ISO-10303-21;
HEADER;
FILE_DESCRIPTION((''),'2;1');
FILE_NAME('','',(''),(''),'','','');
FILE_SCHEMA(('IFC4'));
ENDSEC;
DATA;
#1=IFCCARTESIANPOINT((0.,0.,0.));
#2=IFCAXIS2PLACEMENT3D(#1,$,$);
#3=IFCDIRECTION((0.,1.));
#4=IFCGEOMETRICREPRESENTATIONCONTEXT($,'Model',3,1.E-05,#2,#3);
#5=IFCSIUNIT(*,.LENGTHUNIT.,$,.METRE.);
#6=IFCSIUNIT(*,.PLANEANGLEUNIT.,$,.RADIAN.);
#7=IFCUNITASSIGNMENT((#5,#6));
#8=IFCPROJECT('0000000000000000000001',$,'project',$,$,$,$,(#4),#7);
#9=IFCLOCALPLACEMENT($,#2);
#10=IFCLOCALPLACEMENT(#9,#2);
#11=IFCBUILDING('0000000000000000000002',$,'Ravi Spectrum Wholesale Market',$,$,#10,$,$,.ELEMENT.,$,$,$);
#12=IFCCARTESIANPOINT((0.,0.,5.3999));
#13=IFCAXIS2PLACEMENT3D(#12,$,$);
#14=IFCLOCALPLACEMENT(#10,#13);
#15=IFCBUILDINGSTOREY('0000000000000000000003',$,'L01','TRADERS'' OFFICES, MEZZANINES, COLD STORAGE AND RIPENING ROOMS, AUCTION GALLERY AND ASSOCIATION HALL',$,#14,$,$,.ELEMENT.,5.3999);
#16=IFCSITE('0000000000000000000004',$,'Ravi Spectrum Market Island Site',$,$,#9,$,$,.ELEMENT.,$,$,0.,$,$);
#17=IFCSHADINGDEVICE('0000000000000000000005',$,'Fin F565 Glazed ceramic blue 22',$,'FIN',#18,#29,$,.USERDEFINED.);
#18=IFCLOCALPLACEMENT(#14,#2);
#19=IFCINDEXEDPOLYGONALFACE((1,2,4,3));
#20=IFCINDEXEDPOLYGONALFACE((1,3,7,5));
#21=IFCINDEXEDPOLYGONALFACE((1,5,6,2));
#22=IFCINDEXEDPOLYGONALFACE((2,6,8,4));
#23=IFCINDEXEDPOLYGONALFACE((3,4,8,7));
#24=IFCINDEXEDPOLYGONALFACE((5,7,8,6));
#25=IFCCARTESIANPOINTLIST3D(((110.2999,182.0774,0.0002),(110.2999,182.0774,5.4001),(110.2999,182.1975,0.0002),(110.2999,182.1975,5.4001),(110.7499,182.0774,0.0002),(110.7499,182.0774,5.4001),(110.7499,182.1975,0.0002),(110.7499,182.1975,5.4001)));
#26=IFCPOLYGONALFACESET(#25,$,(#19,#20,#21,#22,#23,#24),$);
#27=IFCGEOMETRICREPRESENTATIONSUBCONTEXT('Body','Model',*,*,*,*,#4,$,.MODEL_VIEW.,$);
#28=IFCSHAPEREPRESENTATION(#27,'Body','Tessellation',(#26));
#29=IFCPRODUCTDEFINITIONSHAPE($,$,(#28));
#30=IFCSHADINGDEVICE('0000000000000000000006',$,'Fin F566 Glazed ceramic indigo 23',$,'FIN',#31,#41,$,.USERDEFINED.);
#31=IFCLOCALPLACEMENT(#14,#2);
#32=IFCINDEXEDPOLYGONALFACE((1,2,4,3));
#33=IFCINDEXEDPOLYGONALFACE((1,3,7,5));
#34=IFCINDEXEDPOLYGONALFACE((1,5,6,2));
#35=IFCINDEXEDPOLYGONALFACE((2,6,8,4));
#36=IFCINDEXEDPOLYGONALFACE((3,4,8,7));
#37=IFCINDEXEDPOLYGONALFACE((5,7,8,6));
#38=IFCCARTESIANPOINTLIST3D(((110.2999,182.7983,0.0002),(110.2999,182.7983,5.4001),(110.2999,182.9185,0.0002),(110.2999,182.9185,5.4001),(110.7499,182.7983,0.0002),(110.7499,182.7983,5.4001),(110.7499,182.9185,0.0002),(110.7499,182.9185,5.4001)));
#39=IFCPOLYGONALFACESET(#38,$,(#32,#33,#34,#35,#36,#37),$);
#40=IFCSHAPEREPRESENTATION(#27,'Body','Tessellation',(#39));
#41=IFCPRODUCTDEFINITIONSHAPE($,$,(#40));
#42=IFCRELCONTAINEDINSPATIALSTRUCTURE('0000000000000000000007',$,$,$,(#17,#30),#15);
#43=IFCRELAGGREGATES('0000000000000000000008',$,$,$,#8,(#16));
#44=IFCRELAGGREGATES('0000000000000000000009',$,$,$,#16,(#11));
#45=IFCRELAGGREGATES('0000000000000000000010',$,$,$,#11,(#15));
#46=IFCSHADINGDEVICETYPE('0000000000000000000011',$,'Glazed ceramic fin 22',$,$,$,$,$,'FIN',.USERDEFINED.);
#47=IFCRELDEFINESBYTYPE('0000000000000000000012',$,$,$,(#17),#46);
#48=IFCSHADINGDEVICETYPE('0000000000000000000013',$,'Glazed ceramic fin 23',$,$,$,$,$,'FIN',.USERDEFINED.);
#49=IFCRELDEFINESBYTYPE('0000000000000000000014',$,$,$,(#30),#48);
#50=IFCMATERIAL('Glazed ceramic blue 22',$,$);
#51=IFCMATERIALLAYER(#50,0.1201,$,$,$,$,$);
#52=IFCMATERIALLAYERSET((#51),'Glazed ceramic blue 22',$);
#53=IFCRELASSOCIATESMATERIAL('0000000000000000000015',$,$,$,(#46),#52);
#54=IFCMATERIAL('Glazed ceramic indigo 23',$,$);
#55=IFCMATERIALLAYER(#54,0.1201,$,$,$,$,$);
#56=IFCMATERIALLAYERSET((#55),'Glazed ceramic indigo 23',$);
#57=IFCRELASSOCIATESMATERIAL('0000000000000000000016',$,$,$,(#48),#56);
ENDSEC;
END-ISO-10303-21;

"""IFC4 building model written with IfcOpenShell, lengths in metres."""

from ifc_helpers import new_model, si_unit, direction, frame, origin, origin_2d, place, context, subcontext, project, spatial, rectangle, extrude, material, layer, layer_set, type_object, element, save


model = new_model("IFC4")

# Units and contexts
model_context = context("Model", 3, precision=1e-05, world=origin(), true_north=direction((0.0, 1.0)))
body_context = subcontext(model_context, "Body", "Model", "MODEL_VIEW")
ifc_project = project(units=[si_unit("LENGTHUNIT", "METRE"), si_unit("PLANEANGLEUNIT", "RADIAN")], contexts=[model_context])

# Site, building, storey
site_placement = place(None, origin())
site = spatial("IfcSite", under=ifc_project, at=site_placement, Name="Ravi Spectrum Market Island Site", CompositionType="ELEMENT", RefElevation=0.0)
building_placement = place(site_placement, origin())
building = spatial("IfcBuilding", under=site, at=building_placement, Name="Ravi Spectrum Wholesale Market", CompositionType="ELEMENT")
storey_placement = place(building_placement, frame((0.0, 0.0, 5.3999)))
storey = spatial("IfcBuildingStorey", under=building, at=storey_placement, Name="L01", Description="TRADERS' OFFICES, MEZZANINES, COLD STORAGE AND RIPENING ROOMS, AUCTION GALLERY AND ASSOCIATION HALL", CompositionType="ELEMENT", Elevation=5.3999)

# Shading devices
ifc_material_1 = material(Name="Glazed ceramic blue 22")
ifc_layer_1 = layer(ifc_material_1, 0.1201)
ifc_layer_set_1 = layer_set([ifc_layer_1], Name="Glazed ceramic blue 22")
shading_device_type_1 = type_object("IfcShadingDeviceType", Name="Glazed ceramic fin 22", ElementType="FIN", PredefinedType="USERDEFINED", material=ifc_layer_set_1)
for number, where, z_axis, x_axis, name in (
    (1, (110.5249, 182.1375, 0.0002), (0.0, 0.0, 1.0), (0.0, 1.0, 0.0), "Fin F565 Glazed ceramic blue 22"),
):
    element("IfcShadingDevice", number, at=place(storey_placement, frame(where, z_axis=z_axis, x_axis=x_axis)), inside=storey, type_object=shading_device_type_1, Name=name, ObjectType="FIN", PredefinedType="USERDEFINED", context=body_context, shape_type="SweptSolid", body=[
        extrude(rectangle(XDim=0.1201, YDim=0.45, at=origin_2d()), origin(), (0.0, 0.0, 1.0), 5.3999),
    ])
ifc_material_2 = material(Name="Glazed ceramic indigo 23")
ifc_layer_2 = layer(ifc_material_2, 0.1201)
ifc_layer_set_2 = layer_set([ifc_layer_2], Name="Glazed ceramic indigo 23")
shading_device_type_2 = type_object("IfcShadingDeviceType", Name="Glazed ceramic fin 23", ElementType="FIN", PredefinedType="USERDEFINED", material=ifc_layer_set_2)
shading_device_placement = place(storey_placement, frame((110.5249, 182.8584, 0.0002), z_axis=(0.0, 0.0, 1.0), x_axis=(0.0, 1.0, 0.0)))
element("IfcShadingDevice", 2, at=shading_device_placement, inside=storey, type_object=shading_device_type_2, Name="Fin F566 Glazed ceramic indigo 23", ObjectType="FIN", PredefinedType="USERDEFINED", context=body_context, shape_type="SweptSolid", body=[
    extrude(rectangle(XDim=0.1201, YDim=0.45, at=origin_2d()), origin(), (0.0, 0.0, 1.0), 5.3999),
])

save(model, "model.ifc")
